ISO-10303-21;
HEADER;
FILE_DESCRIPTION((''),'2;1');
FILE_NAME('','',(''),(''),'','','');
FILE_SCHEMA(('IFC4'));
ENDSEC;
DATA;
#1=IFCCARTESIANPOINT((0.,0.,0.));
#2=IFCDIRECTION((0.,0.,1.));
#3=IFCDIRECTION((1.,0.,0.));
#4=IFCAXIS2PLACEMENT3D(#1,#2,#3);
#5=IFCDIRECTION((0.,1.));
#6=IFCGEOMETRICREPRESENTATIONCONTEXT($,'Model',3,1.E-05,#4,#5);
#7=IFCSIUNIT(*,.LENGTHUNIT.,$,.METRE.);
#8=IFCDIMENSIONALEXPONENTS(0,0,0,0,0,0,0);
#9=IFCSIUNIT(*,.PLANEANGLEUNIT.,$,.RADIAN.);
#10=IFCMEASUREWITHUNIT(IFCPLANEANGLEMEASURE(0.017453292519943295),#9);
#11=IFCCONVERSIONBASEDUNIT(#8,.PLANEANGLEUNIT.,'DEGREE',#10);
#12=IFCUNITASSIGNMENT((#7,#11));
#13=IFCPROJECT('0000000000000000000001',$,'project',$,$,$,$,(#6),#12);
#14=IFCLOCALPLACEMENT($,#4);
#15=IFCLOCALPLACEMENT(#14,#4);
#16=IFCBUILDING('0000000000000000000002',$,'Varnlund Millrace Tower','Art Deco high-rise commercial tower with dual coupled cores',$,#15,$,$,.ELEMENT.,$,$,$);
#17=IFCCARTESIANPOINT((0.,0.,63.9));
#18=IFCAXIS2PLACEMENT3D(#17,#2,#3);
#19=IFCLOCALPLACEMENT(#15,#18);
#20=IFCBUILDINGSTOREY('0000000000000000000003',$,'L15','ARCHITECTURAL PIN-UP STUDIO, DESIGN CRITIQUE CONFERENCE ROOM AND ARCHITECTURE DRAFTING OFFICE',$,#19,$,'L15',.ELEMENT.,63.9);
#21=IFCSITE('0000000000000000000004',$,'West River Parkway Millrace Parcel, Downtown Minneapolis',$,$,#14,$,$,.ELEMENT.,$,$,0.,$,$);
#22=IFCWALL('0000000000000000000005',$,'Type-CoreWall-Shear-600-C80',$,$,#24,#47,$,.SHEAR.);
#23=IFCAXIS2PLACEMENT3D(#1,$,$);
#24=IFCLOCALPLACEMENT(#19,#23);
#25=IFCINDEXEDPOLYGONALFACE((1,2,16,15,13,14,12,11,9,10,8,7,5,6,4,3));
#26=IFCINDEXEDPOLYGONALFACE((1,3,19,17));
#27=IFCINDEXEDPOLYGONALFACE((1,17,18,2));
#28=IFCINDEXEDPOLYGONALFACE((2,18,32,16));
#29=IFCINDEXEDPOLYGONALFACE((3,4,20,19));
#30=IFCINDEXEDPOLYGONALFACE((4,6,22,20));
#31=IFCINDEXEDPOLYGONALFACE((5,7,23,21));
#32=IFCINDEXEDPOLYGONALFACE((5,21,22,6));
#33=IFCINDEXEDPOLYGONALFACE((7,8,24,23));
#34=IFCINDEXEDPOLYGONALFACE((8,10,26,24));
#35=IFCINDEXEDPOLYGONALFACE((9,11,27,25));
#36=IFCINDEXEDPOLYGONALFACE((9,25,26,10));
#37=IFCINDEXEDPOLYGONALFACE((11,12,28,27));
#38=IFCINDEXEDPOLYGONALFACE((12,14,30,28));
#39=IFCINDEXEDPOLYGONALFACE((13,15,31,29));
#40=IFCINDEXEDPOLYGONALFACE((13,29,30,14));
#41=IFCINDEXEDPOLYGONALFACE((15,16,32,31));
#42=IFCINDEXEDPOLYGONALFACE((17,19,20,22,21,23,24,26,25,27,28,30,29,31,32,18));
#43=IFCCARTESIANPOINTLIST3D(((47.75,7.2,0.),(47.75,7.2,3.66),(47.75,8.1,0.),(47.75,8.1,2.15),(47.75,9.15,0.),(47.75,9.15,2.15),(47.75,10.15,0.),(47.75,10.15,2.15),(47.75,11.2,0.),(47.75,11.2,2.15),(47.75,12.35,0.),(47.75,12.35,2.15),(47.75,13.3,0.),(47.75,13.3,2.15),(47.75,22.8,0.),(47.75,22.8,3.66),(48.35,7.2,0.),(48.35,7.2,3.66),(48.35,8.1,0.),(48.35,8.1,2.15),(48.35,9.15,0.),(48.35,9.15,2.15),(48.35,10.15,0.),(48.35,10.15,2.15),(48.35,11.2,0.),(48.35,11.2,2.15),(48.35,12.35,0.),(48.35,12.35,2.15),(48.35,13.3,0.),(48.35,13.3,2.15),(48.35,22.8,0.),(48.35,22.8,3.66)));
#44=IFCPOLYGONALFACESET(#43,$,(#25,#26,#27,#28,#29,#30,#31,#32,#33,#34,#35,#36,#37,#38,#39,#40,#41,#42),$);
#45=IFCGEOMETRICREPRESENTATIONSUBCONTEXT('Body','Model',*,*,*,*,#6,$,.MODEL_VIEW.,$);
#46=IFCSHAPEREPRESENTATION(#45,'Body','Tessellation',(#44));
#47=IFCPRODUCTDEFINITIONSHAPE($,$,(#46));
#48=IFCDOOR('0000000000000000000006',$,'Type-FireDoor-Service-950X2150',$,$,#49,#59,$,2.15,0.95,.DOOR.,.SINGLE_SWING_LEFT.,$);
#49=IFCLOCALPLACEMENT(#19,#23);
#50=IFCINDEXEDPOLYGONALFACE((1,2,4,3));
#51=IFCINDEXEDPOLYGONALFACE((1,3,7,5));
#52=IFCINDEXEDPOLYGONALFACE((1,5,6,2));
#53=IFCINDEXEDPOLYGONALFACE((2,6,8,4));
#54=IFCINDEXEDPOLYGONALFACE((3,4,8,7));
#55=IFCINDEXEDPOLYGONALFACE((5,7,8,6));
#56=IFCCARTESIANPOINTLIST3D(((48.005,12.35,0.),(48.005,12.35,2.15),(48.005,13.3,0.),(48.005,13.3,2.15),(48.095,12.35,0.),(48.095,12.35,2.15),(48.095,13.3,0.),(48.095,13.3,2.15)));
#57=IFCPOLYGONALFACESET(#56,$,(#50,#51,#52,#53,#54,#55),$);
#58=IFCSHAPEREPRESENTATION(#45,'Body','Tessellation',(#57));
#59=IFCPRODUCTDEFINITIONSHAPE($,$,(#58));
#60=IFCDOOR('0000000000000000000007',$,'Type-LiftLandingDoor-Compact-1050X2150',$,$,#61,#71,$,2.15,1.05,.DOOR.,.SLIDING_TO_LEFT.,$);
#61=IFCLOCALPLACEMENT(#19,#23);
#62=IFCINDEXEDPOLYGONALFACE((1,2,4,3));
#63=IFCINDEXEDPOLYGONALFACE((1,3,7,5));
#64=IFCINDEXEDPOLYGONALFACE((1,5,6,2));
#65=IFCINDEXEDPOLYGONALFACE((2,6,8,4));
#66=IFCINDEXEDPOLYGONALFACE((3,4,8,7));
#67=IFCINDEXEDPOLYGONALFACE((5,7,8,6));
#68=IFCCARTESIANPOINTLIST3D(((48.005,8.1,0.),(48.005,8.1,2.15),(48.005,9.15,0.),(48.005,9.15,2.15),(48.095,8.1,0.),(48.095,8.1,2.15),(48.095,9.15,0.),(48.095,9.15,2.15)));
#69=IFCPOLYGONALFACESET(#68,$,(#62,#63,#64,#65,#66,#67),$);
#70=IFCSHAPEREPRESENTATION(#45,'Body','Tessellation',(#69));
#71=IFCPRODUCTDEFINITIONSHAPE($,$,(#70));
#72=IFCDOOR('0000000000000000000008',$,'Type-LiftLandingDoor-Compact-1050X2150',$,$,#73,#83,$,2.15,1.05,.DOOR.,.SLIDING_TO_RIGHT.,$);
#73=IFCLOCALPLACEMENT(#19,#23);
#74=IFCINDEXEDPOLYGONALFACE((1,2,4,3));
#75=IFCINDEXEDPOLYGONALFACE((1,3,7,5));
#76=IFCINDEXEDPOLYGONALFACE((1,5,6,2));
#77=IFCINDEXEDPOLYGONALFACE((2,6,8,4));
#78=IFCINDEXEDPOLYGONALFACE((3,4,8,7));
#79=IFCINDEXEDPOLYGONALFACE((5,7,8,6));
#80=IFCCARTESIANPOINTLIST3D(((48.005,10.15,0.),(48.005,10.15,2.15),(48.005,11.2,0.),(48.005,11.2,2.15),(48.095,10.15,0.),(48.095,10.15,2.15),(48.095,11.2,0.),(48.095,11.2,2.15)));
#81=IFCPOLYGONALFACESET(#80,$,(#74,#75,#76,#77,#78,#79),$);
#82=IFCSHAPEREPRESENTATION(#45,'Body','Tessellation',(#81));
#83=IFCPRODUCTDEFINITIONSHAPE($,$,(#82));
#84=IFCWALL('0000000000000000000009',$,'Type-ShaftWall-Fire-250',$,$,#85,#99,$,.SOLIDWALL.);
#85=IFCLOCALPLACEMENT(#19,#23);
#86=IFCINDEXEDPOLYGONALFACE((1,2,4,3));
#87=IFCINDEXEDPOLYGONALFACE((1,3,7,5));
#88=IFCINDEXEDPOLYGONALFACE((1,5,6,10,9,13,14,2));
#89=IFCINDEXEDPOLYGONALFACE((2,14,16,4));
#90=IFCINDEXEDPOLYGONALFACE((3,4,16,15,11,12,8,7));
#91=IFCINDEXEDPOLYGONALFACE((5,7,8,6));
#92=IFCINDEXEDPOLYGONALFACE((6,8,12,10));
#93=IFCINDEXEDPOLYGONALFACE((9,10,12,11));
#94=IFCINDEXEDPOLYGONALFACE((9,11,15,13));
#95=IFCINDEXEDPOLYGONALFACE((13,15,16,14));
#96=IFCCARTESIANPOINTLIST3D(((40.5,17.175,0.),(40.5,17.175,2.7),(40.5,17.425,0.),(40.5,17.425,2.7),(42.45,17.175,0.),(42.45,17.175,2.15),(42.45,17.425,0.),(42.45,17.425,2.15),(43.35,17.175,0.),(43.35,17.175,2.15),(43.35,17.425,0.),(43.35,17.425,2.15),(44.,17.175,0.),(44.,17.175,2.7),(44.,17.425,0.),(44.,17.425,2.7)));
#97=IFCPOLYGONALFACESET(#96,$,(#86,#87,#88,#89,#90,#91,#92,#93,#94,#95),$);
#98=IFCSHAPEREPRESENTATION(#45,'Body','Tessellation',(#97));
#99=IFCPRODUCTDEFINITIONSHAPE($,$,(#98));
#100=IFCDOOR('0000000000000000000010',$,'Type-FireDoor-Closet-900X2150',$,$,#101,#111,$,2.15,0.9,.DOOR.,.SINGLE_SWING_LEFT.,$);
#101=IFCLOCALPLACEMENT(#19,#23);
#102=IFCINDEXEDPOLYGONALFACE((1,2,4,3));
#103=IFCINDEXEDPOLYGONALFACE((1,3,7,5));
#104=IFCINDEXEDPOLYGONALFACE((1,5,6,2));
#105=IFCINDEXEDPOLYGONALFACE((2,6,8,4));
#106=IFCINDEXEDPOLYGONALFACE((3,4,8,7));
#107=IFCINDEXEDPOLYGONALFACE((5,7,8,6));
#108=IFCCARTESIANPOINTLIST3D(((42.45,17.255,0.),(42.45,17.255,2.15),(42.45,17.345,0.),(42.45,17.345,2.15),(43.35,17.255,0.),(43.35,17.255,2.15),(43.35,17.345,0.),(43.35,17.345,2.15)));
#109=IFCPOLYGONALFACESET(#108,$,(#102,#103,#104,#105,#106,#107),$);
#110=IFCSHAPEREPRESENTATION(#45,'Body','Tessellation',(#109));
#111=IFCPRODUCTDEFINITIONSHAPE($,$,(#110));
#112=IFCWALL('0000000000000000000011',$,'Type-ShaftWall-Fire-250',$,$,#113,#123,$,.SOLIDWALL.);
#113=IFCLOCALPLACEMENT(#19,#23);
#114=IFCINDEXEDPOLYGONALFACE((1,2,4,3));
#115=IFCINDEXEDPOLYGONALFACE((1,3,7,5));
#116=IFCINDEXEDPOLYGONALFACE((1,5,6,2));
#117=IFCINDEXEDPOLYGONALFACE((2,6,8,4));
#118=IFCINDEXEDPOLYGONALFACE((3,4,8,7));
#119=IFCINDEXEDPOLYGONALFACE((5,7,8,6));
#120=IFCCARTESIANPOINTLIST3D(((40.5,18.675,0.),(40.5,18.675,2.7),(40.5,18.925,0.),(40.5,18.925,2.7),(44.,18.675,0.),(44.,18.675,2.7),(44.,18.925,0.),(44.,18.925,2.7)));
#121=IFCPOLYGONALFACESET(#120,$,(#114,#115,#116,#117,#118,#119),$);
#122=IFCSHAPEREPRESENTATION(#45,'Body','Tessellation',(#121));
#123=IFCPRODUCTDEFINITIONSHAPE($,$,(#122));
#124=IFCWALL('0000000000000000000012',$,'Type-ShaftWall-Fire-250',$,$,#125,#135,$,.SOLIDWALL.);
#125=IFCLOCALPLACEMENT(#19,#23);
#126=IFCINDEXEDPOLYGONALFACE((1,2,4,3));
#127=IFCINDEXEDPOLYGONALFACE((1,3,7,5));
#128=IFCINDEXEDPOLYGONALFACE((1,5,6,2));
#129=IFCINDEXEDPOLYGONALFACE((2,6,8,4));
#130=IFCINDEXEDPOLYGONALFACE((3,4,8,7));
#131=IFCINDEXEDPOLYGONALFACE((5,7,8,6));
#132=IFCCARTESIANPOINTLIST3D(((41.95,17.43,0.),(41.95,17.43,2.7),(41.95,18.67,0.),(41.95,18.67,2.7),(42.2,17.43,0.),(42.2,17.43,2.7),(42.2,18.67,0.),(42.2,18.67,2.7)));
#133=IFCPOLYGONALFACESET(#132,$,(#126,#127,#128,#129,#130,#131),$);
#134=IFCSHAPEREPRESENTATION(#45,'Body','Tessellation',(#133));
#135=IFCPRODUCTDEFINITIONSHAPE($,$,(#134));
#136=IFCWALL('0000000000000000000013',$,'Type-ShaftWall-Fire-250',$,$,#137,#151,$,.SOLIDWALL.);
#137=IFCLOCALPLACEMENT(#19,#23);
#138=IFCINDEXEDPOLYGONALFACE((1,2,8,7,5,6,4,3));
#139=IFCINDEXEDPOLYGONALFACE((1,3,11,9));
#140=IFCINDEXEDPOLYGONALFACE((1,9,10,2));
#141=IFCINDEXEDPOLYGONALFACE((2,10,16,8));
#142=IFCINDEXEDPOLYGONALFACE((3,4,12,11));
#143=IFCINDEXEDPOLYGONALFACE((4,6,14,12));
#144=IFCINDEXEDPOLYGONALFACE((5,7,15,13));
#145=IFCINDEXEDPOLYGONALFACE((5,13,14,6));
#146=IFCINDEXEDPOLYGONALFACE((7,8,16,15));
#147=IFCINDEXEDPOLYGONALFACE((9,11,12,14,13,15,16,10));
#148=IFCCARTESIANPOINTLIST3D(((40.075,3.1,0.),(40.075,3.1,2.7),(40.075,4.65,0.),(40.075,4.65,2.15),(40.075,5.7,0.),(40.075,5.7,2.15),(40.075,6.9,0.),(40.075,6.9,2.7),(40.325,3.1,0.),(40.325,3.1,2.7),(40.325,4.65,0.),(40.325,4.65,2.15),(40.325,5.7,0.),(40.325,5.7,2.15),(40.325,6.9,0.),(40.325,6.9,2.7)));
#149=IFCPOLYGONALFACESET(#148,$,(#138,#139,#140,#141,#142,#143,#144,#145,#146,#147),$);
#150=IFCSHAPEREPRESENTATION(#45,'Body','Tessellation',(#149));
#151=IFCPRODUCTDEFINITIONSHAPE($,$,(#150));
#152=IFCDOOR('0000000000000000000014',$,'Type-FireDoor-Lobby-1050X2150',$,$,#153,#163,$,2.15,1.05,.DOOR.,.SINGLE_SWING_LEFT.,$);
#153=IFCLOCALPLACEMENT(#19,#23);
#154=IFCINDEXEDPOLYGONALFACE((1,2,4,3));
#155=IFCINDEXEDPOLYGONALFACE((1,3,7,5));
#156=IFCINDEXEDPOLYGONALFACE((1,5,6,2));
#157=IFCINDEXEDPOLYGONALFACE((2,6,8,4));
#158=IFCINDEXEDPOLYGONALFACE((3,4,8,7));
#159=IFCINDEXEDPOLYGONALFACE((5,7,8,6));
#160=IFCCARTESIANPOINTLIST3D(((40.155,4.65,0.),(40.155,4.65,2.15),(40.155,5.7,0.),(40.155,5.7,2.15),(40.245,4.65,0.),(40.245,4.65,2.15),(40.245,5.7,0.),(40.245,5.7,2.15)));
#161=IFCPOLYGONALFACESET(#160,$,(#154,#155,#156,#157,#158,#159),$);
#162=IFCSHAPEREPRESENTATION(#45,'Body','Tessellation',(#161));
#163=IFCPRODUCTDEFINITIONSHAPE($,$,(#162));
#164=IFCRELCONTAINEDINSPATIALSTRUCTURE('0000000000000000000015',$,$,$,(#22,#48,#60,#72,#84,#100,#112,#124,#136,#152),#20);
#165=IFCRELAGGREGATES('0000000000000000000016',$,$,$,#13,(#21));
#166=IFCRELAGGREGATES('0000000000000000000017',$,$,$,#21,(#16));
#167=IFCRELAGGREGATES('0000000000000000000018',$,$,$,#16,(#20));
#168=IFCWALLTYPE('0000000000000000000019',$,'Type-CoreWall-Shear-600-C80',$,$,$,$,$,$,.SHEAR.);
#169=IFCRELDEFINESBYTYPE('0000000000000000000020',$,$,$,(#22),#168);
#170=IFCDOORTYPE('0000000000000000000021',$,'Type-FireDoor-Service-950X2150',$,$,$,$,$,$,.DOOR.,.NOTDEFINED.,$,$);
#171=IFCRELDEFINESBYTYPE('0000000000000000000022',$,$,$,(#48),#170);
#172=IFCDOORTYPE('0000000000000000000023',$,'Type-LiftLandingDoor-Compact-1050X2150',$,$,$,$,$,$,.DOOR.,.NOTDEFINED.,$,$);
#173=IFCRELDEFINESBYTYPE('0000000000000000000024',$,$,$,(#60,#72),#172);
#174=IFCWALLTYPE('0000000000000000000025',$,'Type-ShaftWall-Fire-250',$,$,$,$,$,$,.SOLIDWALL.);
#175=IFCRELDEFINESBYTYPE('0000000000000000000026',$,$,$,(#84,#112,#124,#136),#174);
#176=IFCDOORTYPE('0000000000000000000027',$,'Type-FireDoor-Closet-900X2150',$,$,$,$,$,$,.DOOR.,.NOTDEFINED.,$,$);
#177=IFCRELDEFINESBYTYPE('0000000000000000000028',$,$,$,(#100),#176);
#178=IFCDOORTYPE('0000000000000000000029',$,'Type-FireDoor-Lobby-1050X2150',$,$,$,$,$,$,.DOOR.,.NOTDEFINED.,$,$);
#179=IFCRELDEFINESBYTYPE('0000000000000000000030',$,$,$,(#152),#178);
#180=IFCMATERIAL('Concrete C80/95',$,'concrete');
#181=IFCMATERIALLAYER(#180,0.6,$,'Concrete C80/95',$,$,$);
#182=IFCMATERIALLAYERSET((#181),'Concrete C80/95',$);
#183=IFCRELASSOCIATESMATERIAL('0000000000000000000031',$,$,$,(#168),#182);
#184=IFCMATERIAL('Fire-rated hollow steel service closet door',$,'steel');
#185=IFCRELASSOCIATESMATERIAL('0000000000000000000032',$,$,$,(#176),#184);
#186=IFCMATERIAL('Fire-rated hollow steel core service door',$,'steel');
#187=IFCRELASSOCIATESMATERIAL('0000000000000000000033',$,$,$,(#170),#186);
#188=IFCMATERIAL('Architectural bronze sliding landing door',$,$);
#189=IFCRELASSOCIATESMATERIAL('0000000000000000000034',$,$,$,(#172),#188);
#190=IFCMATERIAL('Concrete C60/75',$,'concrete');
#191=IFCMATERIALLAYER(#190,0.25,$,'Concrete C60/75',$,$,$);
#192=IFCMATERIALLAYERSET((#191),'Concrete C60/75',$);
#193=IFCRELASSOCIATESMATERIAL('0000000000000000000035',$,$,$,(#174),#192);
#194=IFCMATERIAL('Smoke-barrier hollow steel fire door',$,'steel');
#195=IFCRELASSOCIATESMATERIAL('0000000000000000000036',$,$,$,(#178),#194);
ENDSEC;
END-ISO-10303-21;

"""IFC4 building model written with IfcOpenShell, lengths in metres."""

from ifc_helpers import new_model, entity, si_unit, converted_unit, direction, frame, origin_with_axes, origin_2d_with_axis, place, context, subcontext, project, spatial, polyline, rectangle, outline, extrude, material, layer, layer_set, type_object, element, fill, save


model = new_model("IFC4")

# Units and contexts
model_context = context("Model", 3, precision=1e-05, world=origin_with_axes(), true_north=direction((0.0, 1.0)))
body_context = subcontext(model_context, "Body", "Model", "MODEL_VIEW")
ifc_project = project(units=[si_unit("LENGTHUNIT", "METRE"), converted_unit("PLANEANGLEUNIT", "DEGREE", entity("IfcPlaneAngleMeasure", 0.017453292519943295), si_unit("PLANEANGLEUNIT", "RADIAN"), dimensions=[0, 0, 0, 0, 0, 0, 0])], contexts=[model_context])

# Site, building, storey
site_placement = place(None, origin_with_axes())
site = spatial("IfcSite", under=ifc_project, at=site_placement, Name="West River Parkway Millrace Parcel, Downtown Minneapolis", CompositionType="ELEMENT", RefElevation=0.0)
building_placement = place(site_placement, origin_with_axes())
building = spatial("IfcBuilding", under=site, at=building_placement, Name="Varnlund Millrace Tower", Description="Art Deco high-rise commercial tower with dual coupled cores", CompositionType="ELEMENT")
storey_placement = place(building_placement, frame((0.0, 0.0, 63.9), z_axis=(0.0, 0.0, 1.0), x_axis=(1.0, 0.0, 0.0)))
storey = spatial("IfcBuildingStorey", under=building, at=storey_placement, Name="L15", Description="ARCHITECTURAL PIN-UP STUDIO, DESIGN CRITIQUE CONFERENCE ROOM AND ARCHITECTURE DRAFTING OFFICE", LongName="L15", CompositionType="ELEMENT", Elevation=63.9)

# Shared definitions
ifc_material_1 = material(Name="Concrete C80/95", Category="concrete")

# Shared definitions
ifc_layer_1 = layer(ifc_material_1, 0.6, Name="Concrete C80/95")
ifc_layer_set_1 = layer_set([ifc_layer_1], Name="Concrete C80/95")
wall_type_1 = type_object("IfcWallType", Name="Type-CoreWall-Shear-600-C80", PredefinedType="SHEAR", material=ifc_layer_set_1)
ifc_material_2 = material(Name="Fire-rated hollow steel service closet door", Category="steel")
door_type_1 = type_object("IfcDoorType", Name="Type-FireDoor-Closet-900X2150", OperationType="NOTDEFINED", PredefinedType="DOOR", material=ifc_material_2)

# Wall, openings, doors
wall_1_placement = place(storey_placement, frame((48.05, 7.2, 0.0), z_axis=(0.0, 0.0, 1.0), x_axis=(0.0, 1.0, 0.0)))
wall_1 = element("IfcWall", 1, at=wall_1_placement, inside=storey, type_object=wall_type_1, Name="Type-CoreWall-Shear-600-C80", PredefinedType="SHEAR", context=body_context, shape_type="SweptSolid", body=[
    extrude(outline(polyline([(0.0, -0.3), (15.6, -0.3), (15.6, 0.3), (0.0, 0.3), (0.0, -0.3)])), origin_with_axes(), (0.0, 0.0, 1.0), 3.66),
])
opening_1_placement = place(wall_1_placement, frame((1.425, 0.0, 0.0), z_axis=(0.0, 0.0, 1.0), x_axis=(1.0, 0.0, 0.0)))
opening_1 = element("IfcOpeningElement", 2, at=opening_1_placement, cuts=wall_1, PredefinedType="OPENING", context=body_context, shape_type="SweptSolid", body=[
    extrude(rectangle(XDim=1.05, YDim=0.62, at=origin_2d_with_axis()), origin_with_axes(), (0.0, 0.0, 1.0), 2.15),
])
opening_2_placement = place(wall_1_placement, frame((3.475, 0.0, 0.0), z_axis=(0.0, 0.0, 1.0), x_axis=(1.0, 0.0, 0.0)))
opening_2 = element("IfcOpeningElement", 3, at=opening_2_placement, cuts=wall_1, PredefinedType="OPENING", context=body_context, shape_type="SweptSolid", body=[
    extrude(rectangle(XDim=1.05, YDim=0.62, at=origin_2d_with_axis()), origin_with_axes(), (0.0, 0.0, 1.0), 2.15),
])
opening_3_placement = place(wall_1_placement, frame((5.625, 0.0, 0.0), z_axis=(0.0, 0.0, 1.0), x_axis=(1.0, 0.0, 0.0)))
opening_3 = element("IfcOpeningElement", 4, at=opening_3_placement, cuts=wall_1, PredefinedType="OPENING", context=body_context, shape_type="SweptSolid", body=[
    extrude(rectangle(XDim=0.95, YDim=0.62, at=origin_2d_with_axis()), origin_with_axes(), (0.0, 0.0, 1.0), 2.15),
])
ifc_material_3 = material(Name="Fire-rated hollow steel core service door", Category="steel")
door_type_2 = type_object("IfcDoorType", Name="Type-FireDoor-Service-950X2150", OperationType="NOTDEFINED", PredefinedType="DOOR", material=ifc_material_3)
door_1_placement = place(wall_1_placement, frame((5.625, 0.0, 0.0), z_axis=(0.0, 0.0, 1.0), x_axis=(1.0, 0.0, 0.0)))
door_1 = element("IfcDoor", 5, at=door_1_placement, inside=storey, type_object=door_type_2, Name="Type-FireDoor-Service-950X2150", OperationType="SINGLE_SWING_LEFT", OverallHeight=2.15, OverallWidth=0.95, PredefinedType="DOOR", context=body_context, shape_type="SweptSolid", body=[
    extrude(rectangle(XDim=0.95, YDim=0.09, at=origin_2d_with_axis()), origin_with_axes(), (0.0, 0.0, 1.0), 2.15),
])
fill(opening_3, door_1)
ifc_material_4 = material(Name="Architectural bronze sliding landing door")
door_type_3 = type_object("IfcDoorType", Name="Type-LiftLandingDoor-Compact-1050X2150", OperationType="NOTDEFINED", PredefinedType="DOOR", material=ifc_material_4)
door_2_placement = place(wall_1_placement, frame((1.425, 0.0, 0.0), z_axis=(0.0, 0.0, 1.0), x_axis=(1.0, 0.0, 0.0)))
door_2 = element("IfcDoor", 6, at=door_2_placement, inside=storey, type_object=door_type_3, Name="Type-LiftLandingDoor-Compact-1050X2150", OperationType="SLIDING_TO_LEFT", OverallHeight=2.15, OverallWidth=1.05, PredefinedType="DOOR", context=body_context, shape_type="SweptSolid", body=[
    extrude(rectangle(XDim=1.05, YDim=0.09, at=origin_2d_with_axis()), origin_with_axes(), (0.0, 0.0, 1.0), 2.15),
])
fill(opening_1, door_2)
door_3_placement = place(wall_1_placement, frame((3.475, 0.0, 0.0), z_axis=(0.0, 0.0, 1.0), x_axis=(1.0, 0.0, 0.0)))
door_3 = element("IfcDoor", 7, at=door_3_placement, inside=storey, type_object=door_type_3, Name="Type-LiftLandingDoor-Compact-1050X2150", OperationType="SLIDING_TO_RIGHT", OverallHeight=2.15, OverallWidth=1.05, PredefinedType="DOOR", context=body_context, shape_type="SweptSolid", body=[
    extrude(rectangle(XDim=1.05, YDim=0.09, at=origin_2d_with_axis()), origin_with_axes(), (0.0, 0.0, 1.0), 2.15),
])
fill(opening_2, door_3)

# Wall, opening, door
ifc_material_5 = material(Name="Concrete C60/75", Category="concrete")
ifc_layer_2 = layer(ifc_material_5, 0.25, Name="Concrete C60/75")
ifc_layer_set_2 = layer_set([ifc_layer_2], Name="Concrete C60/75")
wall_type_2 = type_object("IfcWallType", Name="Type-ShaftWall-Fire-250", PredefinedType="SOLIDWALL", material=ifc_layer_set_2)
wall_2_placement = place(storey_placement, frame((40.5, 17.3, 0.0), z_axis=(0.0, 0.0, 1.0), x_axis=(1.0, 0.0, 0.0)))
wall_2 = element("IfcWall", 8, at=wall_2_placement, inside=storey, type_object=wall_type_2, Name="Type-ShaftWall-Fire-250", PredefinedType="SOLIDWALL", context=body_context, shape_type="SweptSolid", body=[
    extrude(outline(polyline([(0.0, -0.125), (3.5, -0.125), (3.5, 0.125), (0.0, 0.125), (0.0, -0.125)])), origin_with_axes(), (0.0, 0.0, 1.0), 2.7),
])
opening_4_placement = place(wall_2_placement, frame((2.4, 0.0, 0.0), z_axis=(0.0, 0.0, 1.0), x_axis=(1.0, 0.0, 0.0)))
opening_4 = element("IfcOpeningElement", 9, at=opening_4_placement, cuts=wall_2, PredefinedType="OPENING", context=body_context, shape_type="SweptSolid", body=[
    extrude(rectangle(XDim=0.9, YDim=0.27, at=origin_2d_with_axis()), origin_with_axes(), (0.0, 0.0, 1.0), 2.15),
])
door_4_placement = place(wall_2_placement, frame((2.4, 0.0, 0.0), z_axis=(0.0, 0.0, 1.0), x_axis=(1.0, 0.0, 0.0)))
door_4 = element("IfcDoor", 10, at=door_4_placement, inside=storey, type_object=door_type_1, Name="Type-FireDoor-Closet-900X2150", OperationType="SINGLE_SWING_LEFT", OverallHeight=2.15, OverallWidth=0.9, PredefinedType="DOOR", context=body_context, shape_type="SweptSolid", body=[
    extrude(rectangle(XDim=0.9, YDim=0.09, at=origin_2d_with_axis()), origin_with_axes(), (0.0, 0.0, 1.0), 2.15),
])
fill(opening_4, door_4)

# Walls
wall_3_placement = place(storey_placement, frame((40.5, 18.8, 0.0), z_axis=(0.0, 0.0, 1.0), x_axis=(1.0, 0.0, 0.0)))
element("IfcWall", 11, at=wall_3_placement, inside=storey, type_object=wall_type_2, Name="Type-ShaftWall-Fire-250", PredefinedType="SOLIDWALL", context=body_context, shape_type="SweptSolid", body=[
    extrude(outline(polyline([(0.0, -0.125), (3.5, -0.125), (3.5, 0.125), (0.0, 0.125), (0.0, -0.125)])), origin_with_axes(), (0.0, 0.0, 1.0), 2.7),
])
wall_4_placement = place(storey_placement, frame((42.075, 17.43, 0.0), z_axis=(0.0, 0.0, 1.0), x_axis=(0.0, 1.0, 0.0)))
element("IfcWall", 12, at=wall_4_placement, inside=storey, type_object=wall_type_2, Name="Type-ShaftWall-Fire-250", PredefinedType="SOLIDWALL", context=body_context, shape_type="SweptSolid", body=[
    extrude(outline(polyline([(0.0, -0.125), (1.24, -0.125), (1.24, 0.125), (0.0, 0.125), (0.0, -0.125)])), origin_with_axes(), (0.0, 0.0, 1.0), 2.7),
])

# Wall, opening, door
wall_5_placement = place(storey_placement, frame((40.2, 3.1, 0.0), z_axis=(0.0, 0.0, 1.0), x_axis=(0.0, 1.0, 0.0)))
wall_5 = element("IfcWall", 13, at=wall_5_placement, inside=storey, type_object=wall_type_2, Name="Type-ShaftWall-Fire-250", PredefinedType="SOLIDWALL", context=body_context, shape_type="SweptSolid", body=[
    extrude(outline(polyline([(0.0, -0.125), (3.8, -0.125), (3.8, 0.125), (0.0, 0.125), (0.0, -0.125)])), origin_with_axes(), (0.0, 0.0, 1.0), 2.7),
])
opening_5_placement = place(wall_5_placement, frame((2.075, 0.0, 0.0), z_axis=(0.0, 0.0, 1.0), x_axis=(1.0, 0.0, 0.0)))
opening_5 = element("IfcOpeningElement", 14, at=opening_5_placement, cuts=wall_5, PredefinedType="OPENING", context=body_context, shape_type="SweptSolid", body=[
    extrude(rectangle(XDim=1.05, YDim=0.27, at=origin_2d_with_axis()), origin_with_axes(), (0.0, 0.0, 1.0), 2.15),
])
ifc_material_6 = material(Name="Smoke-barrier hollow steel fire door", Category="steel")
door_type_4 = type_object("IfcDoorType", Name="Type-FireDoor-Lobby-1050X2150", OperationType="NOTDEFINED", PredefinedType="DOOR", material=ifc_material_6)
door_5_placement = place(wall_5_placement, frame((2.075, 0.0, 0.0), z_axis=(0.0, 0.0, 1.0), x_axis=(1.0, 0.0, 0.0)))
door_5 = element("IfcDoor", 15, at=door_5_placement, inside=storey, type_object=door_type_4, Name="Type-FireDoor-Lobby-1050X2150", OperationType="SINGLE_SWING_LEFT", OverallHeight=2.15, OverallWidth=1.05, PredefinedType="DOOR", context=body_context, shape_type="SweptSolid", body=[
    extrude(rectangle(XDim=1.05, YDim=0.09, at=origin_2d_with_axis()), origin_with_axes(), (0.0, 0.0, 1.0), 2.15),
])
fill(opening_5, door_5)

save(model, "model.ifc")
